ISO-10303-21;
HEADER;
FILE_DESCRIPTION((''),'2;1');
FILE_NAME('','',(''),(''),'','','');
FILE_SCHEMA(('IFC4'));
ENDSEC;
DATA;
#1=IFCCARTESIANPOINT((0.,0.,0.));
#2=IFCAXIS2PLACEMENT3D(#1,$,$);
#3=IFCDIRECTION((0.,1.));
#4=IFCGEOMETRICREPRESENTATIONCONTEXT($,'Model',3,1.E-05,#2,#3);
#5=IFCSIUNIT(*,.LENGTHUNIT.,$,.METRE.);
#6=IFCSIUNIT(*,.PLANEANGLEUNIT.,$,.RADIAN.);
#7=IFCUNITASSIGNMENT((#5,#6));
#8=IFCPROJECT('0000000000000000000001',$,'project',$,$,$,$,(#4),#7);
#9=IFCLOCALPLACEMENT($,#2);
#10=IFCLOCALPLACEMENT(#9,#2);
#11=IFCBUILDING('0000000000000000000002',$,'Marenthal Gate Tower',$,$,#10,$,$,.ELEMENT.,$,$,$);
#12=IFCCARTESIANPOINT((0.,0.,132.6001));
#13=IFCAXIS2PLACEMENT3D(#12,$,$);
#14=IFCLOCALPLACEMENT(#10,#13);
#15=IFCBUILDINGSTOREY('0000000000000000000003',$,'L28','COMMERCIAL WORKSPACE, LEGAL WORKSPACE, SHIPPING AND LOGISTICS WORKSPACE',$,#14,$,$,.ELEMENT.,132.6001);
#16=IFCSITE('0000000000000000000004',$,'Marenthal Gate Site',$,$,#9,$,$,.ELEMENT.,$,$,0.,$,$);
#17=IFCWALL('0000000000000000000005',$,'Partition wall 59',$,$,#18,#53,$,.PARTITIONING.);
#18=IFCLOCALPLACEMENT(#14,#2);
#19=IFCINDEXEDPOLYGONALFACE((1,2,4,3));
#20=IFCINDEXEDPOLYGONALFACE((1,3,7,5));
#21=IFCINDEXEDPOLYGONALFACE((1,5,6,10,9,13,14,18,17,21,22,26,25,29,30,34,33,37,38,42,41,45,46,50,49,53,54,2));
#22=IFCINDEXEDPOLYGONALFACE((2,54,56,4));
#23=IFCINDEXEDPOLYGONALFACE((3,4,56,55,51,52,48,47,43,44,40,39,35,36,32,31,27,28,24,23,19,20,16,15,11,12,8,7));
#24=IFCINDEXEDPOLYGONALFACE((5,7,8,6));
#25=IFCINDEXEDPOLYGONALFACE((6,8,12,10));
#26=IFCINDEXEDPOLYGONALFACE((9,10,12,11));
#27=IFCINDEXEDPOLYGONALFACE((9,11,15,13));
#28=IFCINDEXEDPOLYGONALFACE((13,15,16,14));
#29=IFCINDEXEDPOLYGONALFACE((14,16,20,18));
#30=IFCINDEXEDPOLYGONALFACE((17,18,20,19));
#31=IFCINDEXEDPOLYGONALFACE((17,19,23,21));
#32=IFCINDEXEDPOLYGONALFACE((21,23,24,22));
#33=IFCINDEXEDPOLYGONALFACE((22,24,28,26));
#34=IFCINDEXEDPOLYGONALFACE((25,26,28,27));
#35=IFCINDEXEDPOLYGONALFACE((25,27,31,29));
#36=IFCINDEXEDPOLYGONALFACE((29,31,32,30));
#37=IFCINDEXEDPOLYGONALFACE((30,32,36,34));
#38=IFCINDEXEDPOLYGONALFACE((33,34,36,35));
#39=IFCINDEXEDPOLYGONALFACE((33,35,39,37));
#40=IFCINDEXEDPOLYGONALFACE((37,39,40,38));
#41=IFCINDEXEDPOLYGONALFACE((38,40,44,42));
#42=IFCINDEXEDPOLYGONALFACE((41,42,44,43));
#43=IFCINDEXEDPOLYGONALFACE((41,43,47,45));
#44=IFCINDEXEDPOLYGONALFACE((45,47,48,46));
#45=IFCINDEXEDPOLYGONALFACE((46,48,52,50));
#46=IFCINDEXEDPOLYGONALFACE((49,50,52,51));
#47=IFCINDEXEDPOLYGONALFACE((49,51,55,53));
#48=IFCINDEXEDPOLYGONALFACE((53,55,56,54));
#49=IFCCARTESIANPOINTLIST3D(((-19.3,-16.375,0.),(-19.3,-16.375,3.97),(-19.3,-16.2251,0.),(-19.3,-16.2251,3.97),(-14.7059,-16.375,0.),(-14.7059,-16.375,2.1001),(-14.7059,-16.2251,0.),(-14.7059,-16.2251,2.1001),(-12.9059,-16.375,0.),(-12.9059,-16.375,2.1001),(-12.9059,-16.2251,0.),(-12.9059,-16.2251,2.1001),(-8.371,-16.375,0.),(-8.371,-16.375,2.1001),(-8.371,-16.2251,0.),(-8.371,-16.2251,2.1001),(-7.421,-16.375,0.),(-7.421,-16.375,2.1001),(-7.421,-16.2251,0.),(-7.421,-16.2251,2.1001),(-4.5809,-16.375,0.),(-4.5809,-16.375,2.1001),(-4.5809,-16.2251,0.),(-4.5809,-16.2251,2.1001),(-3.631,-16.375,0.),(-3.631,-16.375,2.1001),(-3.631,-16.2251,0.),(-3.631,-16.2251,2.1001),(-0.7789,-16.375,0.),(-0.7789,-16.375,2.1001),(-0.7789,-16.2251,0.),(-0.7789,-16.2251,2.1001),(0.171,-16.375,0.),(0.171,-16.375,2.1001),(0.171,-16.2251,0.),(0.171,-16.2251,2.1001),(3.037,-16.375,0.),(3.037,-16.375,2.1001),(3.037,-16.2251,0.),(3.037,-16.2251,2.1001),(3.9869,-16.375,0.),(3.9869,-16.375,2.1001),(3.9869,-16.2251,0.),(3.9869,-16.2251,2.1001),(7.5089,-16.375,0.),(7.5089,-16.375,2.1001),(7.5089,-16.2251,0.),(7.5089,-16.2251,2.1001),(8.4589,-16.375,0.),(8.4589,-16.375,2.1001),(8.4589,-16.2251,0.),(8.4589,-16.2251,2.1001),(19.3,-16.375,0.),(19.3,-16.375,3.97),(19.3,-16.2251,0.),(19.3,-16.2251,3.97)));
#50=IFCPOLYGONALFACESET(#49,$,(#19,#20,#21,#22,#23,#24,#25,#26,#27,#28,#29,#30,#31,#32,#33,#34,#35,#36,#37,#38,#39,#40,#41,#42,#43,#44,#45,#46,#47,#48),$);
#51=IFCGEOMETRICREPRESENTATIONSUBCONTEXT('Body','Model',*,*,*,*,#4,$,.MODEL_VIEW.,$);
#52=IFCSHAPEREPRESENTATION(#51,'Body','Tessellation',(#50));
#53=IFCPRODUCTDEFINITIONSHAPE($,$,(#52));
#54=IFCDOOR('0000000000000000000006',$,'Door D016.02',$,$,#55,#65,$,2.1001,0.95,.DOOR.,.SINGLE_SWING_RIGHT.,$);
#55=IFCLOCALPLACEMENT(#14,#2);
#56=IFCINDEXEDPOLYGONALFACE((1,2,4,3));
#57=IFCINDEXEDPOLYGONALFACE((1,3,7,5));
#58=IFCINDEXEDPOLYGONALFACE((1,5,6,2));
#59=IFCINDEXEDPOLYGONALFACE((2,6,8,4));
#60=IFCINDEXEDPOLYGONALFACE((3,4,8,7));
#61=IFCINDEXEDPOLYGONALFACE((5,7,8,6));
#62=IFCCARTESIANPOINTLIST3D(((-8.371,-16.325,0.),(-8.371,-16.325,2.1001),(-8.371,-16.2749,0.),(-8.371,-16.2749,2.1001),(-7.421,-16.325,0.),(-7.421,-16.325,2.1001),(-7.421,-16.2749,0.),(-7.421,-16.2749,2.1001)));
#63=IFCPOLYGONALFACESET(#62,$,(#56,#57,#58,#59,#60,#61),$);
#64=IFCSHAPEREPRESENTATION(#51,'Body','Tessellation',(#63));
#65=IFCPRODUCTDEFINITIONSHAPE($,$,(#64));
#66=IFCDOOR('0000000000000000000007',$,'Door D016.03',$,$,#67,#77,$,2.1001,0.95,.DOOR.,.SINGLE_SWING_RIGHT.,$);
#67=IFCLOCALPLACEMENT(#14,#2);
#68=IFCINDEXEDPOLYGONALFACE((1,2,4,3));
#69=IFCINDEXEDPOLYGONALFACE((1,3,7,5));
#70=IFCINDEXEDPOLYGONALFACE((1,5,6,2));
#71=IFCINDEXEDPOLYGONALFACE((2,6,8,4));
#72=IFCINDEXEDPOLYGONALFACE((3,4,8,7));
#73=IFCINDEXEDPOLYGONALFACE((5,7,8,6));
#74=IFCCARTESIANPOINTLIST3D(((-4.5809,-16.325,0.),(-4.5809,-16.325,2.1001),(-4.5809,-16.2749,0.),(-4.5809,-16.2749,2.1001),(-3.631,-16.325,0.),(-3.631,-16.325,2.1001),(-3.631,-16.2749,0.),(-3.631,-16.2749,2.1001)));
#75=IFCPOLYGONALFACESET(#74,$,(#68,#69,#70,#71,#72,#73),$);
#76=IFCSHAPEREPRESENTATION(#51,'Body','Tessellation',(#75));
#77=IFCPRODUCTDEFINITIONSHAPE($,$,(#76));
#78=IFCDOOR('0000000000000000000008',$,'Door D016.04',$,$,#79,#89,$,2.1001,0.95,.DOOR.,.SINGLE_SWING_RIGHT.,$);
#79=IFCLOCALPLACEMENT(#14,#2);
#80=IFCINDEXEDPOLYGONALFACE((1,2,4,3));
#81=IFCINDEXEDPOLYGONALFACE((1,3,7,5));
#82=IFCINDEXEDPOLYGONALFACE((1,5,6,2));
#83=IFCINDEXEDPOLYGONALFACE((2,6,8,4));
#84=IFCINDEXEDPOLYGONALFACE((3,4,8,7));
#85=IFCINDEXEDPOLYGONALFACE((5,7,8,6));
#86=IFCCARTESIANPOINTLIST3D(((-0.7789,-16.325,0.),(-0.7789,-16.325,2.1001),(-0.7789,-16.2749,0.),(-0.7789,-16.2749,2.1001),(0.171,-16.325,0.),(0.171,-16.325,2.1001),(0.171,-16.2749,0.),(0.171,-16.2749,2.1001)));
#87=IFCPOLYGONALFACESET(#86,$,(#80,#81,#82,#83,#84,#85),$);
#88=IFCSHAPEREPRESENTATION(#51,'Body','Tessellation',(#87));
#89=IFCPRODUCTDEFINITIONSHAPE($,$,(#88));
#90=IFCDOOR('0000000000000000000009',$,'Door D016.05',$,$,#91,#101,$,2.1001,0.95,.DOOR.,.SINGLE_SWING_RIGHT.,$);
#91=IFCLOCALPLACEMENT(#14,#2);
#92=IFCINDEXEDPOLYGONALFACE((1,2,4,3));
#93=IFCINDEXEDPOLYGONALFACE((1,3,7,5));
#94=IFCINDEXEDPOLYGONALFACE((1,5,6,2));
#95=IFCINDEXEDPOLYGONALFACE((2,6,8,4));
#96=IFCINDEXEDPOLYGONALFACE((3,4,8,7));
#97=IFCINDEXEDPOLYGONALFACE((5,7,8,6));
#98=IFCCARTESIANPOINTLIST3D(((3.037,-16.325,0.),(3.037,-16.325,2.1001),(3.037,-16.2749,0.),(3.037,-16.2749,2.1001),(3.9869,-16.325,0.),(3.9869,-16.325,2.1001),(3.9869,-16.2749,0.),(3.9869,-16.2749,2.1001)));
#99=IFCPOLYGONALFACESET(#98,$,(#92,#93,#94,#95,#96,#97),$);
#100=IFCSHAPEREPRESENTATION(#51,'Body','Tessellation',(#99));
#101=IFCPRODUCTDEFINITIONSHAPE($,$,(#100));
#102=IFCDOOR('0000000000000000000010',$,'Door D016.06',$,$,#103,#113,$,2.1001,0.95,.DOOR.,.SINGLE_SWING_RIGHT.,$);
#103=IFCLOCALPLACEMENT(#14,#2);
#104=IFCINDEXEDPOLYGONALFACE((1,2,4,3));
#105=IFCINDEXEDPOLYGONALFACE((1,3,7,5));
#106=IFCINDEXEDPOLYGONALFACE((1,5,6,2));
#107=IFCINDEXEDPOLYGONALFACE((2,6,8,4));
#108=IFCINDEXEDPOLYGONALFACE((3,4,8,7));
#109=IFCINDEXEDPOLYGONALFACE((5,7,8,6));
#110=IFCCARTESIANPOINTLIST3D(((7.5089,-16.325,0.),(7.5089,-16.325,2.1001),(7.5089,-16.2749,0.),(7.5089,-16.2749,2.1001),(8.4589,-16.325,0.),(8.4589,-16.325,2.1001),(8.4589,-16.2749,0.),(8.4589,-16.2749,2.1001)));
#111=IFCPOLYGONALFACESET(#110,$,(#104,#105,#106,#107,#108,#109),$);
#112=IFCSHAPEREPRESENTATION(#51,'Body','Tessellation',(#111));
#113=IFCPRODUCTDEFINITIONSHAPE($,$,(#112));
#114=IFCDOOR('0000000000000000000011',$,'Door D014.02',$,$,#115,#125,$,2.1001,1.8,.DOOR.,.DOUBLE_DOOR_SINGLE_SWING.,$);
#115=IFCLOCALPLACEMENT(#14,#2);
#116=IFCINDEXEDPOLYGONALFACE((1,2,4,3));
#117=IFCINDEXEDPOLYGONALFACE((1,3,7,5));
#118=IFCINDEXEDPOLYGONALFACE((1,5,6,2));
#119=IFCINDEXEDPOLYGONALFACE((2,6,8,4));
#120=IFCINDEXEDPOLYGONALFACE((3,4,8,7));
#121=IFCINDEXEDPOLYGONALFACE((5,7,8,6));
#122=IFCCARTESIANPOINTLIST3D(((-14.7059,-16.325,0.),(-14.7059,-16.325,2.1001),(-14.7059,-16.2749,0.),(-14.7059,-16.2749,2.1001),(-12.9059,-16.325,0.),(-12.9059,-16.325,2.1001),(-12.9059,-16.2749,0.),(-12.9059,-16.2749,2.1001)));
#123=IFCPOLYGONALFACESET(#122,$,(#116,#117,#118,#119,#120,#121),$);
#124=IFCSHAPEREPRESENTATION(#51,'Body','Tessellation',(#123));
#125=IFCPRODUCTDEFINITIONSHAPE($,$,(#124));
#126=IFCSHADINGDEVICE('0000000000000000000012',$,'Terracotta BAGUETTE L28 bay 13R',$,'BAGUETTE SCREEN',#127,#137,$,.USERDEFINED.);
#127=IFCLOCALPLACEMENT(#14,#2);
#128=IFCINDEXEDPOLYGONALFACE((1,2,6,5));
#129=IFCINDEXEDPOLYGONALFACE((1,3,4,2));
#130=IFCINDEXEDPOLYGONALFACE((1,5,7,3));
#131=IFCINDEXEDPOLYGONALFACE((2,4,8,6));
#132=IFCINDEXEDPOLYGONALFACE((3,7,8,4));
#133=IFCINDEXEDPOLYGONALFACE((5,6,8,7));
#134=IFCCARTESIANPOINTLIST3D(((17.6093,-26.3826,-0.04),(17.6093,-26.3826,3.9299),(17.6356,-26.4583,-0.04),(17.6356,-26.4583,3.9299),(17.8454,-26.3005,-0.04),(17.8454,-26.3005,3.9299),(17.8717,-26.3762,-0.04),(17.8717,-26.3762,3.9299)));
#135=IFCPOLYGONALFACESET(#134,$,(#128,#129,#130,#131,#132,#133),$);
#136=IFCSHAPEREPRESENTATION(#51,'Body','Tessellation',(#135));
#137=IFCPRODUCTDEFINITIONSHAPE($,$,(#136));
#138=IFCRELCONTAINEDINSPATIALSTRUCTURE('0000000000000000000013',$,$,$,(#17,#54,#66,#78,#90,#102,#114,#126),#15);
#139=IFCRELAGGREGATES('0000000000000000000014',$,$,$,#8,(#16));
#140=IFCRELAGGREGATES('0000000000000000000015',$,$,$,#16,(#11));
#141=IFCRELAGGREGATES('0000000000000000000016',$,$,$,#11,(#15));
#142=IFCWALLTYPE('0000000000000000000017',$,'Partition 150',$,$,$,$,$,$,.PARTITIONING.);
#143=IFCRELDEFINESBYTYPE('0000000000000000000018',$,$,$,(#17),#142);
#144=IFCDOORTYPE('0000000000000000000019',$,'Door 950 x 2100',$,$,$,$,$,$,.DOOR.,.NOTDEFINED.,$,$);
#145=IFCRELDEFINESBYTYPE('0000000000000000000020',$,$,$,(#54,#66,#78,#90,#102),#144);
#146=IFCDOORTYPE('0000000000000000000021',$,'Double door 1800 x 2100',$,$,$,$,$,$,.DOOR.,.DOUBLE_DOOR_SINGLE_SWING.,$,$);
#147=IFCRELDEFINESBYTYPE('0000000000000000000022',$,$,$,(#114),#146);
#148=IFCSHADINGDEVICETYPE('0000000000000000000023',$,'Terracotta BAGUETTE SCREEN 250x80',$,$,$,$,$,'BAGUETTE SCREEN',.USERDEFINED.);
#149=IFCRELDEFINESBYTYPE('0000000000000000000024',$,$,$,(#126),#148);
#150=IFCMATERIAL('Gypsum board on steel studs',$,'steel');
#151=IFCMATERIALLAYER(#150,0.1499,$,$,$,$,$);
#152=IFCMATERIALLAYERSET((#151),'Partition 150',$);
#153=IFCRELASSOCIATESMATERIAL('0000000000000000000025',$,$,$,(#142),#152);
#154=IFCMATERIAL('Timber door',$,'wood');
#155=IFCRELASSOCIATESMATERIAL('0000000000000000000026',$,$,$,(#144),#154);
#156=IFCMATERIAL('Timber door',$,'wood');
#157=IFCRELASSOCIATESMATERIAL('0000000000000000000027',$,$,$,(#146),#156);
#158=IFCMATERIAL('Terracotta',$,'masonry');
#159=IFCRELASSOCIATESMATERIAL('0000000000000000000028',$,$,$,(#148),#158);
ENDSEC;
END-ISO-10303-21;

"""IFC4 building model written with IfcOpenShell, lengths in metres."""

from ifc_helpers import new_model, si_unit, direction, frame, frame_2d, origin, origin_2d, place, context, subcontext, project, spatial, rectangle, extrude, material, layer, layer_set, material_profile, profile_set, type_object, element, fill, save


model = new_model("IFC4")

# Units and contexts
model_context = context("Model", 3, precision=1e-05, world=origin(), true_north=direction((0.0, 1.0)))
body_context = subcontext(model_context, "Body", "Model", "MODEL_VIEW")
ifc_project = project(units=[si_unit("LENGTHUNIT", "METRE"), si_unit("PLANEANGLEUNIT", "RADIAN")], contexts=[model_context])

# Site, building, storey
site_placement = place(None, origin())
site = spatial("IfcSite", under=ifc_project, at=site_placement, Name="Marenthal Gate Site", CompositionType="ELEMENT", RefElevation=0.0)
building_placement = place(site_placement, origin())
building = spatial("IfcBuilding", under=site, at=building_placement, Name="Marenthal Gate Tower", CompositionType="ELEMENT")
storey_placement = place(building_placement, frame((0.0, 0.0, 132.6001)))
storey = spatial("IfcBuildingStorey", under=building, at=storey_placement, Name="L28", Description="COMMERCIAL WORKSPACE, LEGAL WORKSPACE, SHIPPING AND LOGISTICS WORKSPACE", CompositionType="ELEMENT", Elevation=132.6001)

# Wall, openings, doors
ifc_material_1 = material(Name="Gypsum board on steel studs", Category="steel")
ifc_layer_1 = layer(ifc_material_1, 0.1499)
ifc_layer_set_1 = layer_set([ifc_layer_1], Name="Partition 150")
wall_type_1 = type_object("IfcWallType", Name="Partition 150", PredefinedType="PARTITIONING", material=ifc_layer_set_1)
wall_1_placement = place(storey_placement, frame((19.3, -16.3, 0.0), z_axis=(0.0, 0.0, 1.0), x_axis=(-1.0, 0.0, 0.0)))
wall_1 = element("IfcWall", 1, at=wall_1_placement, inside=storey, type_object=wall_type_1, Name="Partition wall 59", PredefinedType="PARTITIONING", context=body_context, shape_type="SweptSolid", body=[
    extrude(rectangle(XDim=38.6001, YDim=0.1499, at=frame_2d((19.3, 0.0))), origin(), (0.0, 0.0, 1.0), 3.97),
])
opening_1_placement = place(wall_1_placement, frame((32.2061, 0.0, 0.0)))
opening_1 = element("IfcOpeningElement", 2, at=opening_1_placement, cuts=wall_1, PredefinedType="OPENING", context=body_context, shape_type="SweptSolid", body=[
    extrude(rectangle(XDim=1.8, YDim=2.1001, at=frame_2d((0.8999, 1.05))), frame((0.0, 0.085, 0.0), z_axis=(0.0, -1.0, 0.0), x_axis=(1.0, 0.0, 0.0)), (0.0, 0.0, 1.0), 0.1699),
])
opening_2_placement = place(wall_1_placement, frame((26.7209, 0.0, 0.0)))
opening_2 = element("IfcOpeningElement", 3, at=opening_2_placement, cuts=wall_1, PredefinedType="OPENING", context=body_context, shape_type="SweptSolid", body=[
    extrude(rectangle(XDim=0.95, YDim=2.1001, at=frame_2d((0.4751, 1.05))), frame((0.0, 0.085, 0.0), z_axis=(0.0, -1.0, 0.0), x_axis=(1.0, 0.0, 0.0)), (0.0, 0.0, 1.0), 0.1699),
])
opening_3_placement = place(wall_1_placement, frame((22.9309, 0.0, 0.0)))
opening_3 = element("IfcOpeningElement", 4, at=opening_3_placement, cuts=wall_1, PredefinedType="OPENING", context=body_context, shape_type="SweptSolid", body=[
    extrude(rectangle(XDim=0.95, YDim=2.1001, at=frame_2d((0.4751, 1.05))), frame((0.0, 0.085, 0.0), z_axis=(0.0, -1.0, 0.0), x_axis=(1.0, 0.0, 0.0)), (0.0, 0.0, 1.0), 0.1699),
])
opening_4_placement = place(wall_1_placement, frame((19.1289, 0.0, 0.0)))
opening_4 = element("IfcOpeningElement", 5, at=opening_4_placement, cuts=wall_1, PredefinedType="OPENING", context=body_context, shape_type="SweptSolid", body=[
    extrude(rectangle(XDim=0.95, YDim=2.1001, at=frame_2d((0.4751, 1.05))), frame((0.0, 0.085, 0.0), z_axis=(0.0, -1.0, 0.0), x_axis=(1.0, 0.0, 0.0)), (0.0, 0.0, 1.0), 0.1699),
])
opening_5_placement = place(wall_1_placement, frame((15.313, 0.0, 0.0)))
opening_5 = element("IfcOpeningElement", 6, at=opening_5_placement, cuts=wall_1, PredefinedType="OPENING", context=body_context, shape_type="SweptSolid", body=[
    extrude(rectangle(XDim=0.95, YDim=2.1001, at=frame_2d((0.4751, 1.05))), frame((0.0, 0.085, 0.0), z_axis=(0.0, -1.0, 0.0), x_axis=(1.0, 0.0, 0.0)), (0.0, 0.0, 1.0), 0.1699),
])
opening_6_placement = place(wall_1_placement, frame((10.8411, 0.0, 0.0)))
opening_6 = element("IfcOpeningElement", 7, at=opening_6_placement, cuts=wall_1, PredefinedType="OPENING", context=body_context, shape_type="SweptSolid", body=[
    extrude(rectangle(XDim=0.95, YDim=2.1001, at=frame_2d((0.4751, 1.05))), frame((0.0, 0.085, 0.0), z_axis=(0.0, -1.0, 0.0), x_axis=(1.0, 0.0, 0.0)), (0.0, 0.0, 1.0), 0.1699),
])
ifc_material_2 = material(Name="Timber door", Category="wood")
door_type_1 = type_object("IfcDoorType", Name="Door 950 x 2100", OperationType="NOTDEFINED", PredefinedType="DOOR", material=ifc_material_2)
door_1_placement = place(opening_2_placement, origin())
door_1 = element("IfcDoor", 8, at=door_1_placement, inside=storey, type_object=door_type_1, Name="Door D016.02", OperationType="SINGLE_SWING_RIGHT", OverallHeight=2.1001, OverallWidth=0.95, PredefinedType="DOOR", context=body_context, shape_type="SweptSolid", body=[
    extrude(rectangle(XDim=0.95, YDim=2.1001, at=frame_2d((0.4751, 1.05))), frame((0.0, 0.0249, 0.0), z_axis=(0.0, -1.0, 0.0), x_axis=(1.0, 0.0, 0.0)), (0.0, 0.0, 1.0), 0.05),
])
fill(opening_2, door_1)
door_2_placement = place(opening_3_placement, origin())
door_2 = element("IfcDoor", 9, at=door_2_placement, inside=storey, type_object=door_type_1, Name="Door D016.03", OperationType="SINGLE_SWING_RIGHT", OverallHeight=2.1001, OverallWidth=0.95, PredefinedType="DOOR", context=body_context, shape_type="SweptSolid", body=[
    extrude(rectangle(XDim=0.95, YDim=2.1001, at=frame_2d((0.4751, 1.05))), frame((0.0, 0.0249, 0.0), z_axis=(0.0, -1.0, 0.0), x_axis=(1.0, 0.0, 0.0)), (0.0, 0.0, 1.0), 0.05),
])
fill(opening_3, door_2)
door_3_placement = place(opening_4_placement, origin())
door_3 = element("IfcDoor", 10, at=door_3_placement, inside=storey, type_object=door_type_1, Name="Door D016.04", OperationType="SINGLE_SWING_RIGHT", OverallHeight=2.1001, OverallWidth=0.95, PredefinedType="DOOR", context=body_context, shape_type="SweptSolid", body=[
    extrude(rectangle(XDim=0.95, YDim=2.1001, at=frame_2d((0.4751, 1.05))), frame((0.0, 0.0249, 0.0), z_axis=(0.0, -1.0, 0.0), x_axis=(1.0, 0.0, 0.0)), (0.0, 0.0, 1.0), 0.05),
])
fill(opening_4, door_3)
door_4_placement = place(opening_5_placement, origin())
door_4 = element("IfcDoor", 11, at=door_4_placement, inside=storey, type_object=door_type_1, Name="Door D016.05", OperationType="SINGLE_SWING_RIGHT", OverallHeight=2.1001, OverallWidth=0.95, PredefinedType="DOOR", context=body_context, shape_type="SweptSolid", body=[
    extrude(rectangle(XDim=0.95, YDim=2.1001, at=frame_2d((0.4751, 1.05))), frame((0.0, 0.0249, 0.0), z_axis=(0.0, -1.0, 0.0), x_axis=(1.0, 0.0, 0.0)), (0.0, 0.0, 1.0), 0.05),
])
fill(opening_5, door_4)
door_5_placement = place(opening_6_placement, origin())
door_5 = element("IfcDoor", 12, at=door_5_placement, inside=storey, type_object=door_type_1, Name="Door D016.06", OperationType="SINGLE_SWING_RIGHT", OverallHeight=2.1001, OverallWidth=0.95, PredefinedType="DOOR", context=body_context, shape_type="SweptSolid", body=[
    extrude(rectangle(XDim=0.95, YDim=2.1001, at=frame_2d((0.4751, 1.05))), frame((0.0, 0.0249, 0.0), z_axis=(0.0, -1.0, 0.0), x_axis=(1.0, 0.0, 0.0)), (0.0, 0.0, 1.0), 0.05),
])
fill(opening_6, door_5)
ifc_material_3 = material(Name="Timber door", Category="wood")
door_type_2 = type_object("IfcDoorType", Name="Double door 1800 x 2100", OperationType="DOUBLE_DOOR_SINGLE_SWING", PredefinedType="DOOR", material=ifc_material_3)
door_6_placement = place(opening_1_placement, origin())
door_6 = element("IfcDoor", 13, at=door_6_placement, inside=storey, type_object=door_type_2, Name="Door D014.02", OperationType="DOUBLE_DOOR_SINGLE_SWING", OverallHeight=2.1001, OverallWidth=1.8, PredefinedType="DOOR", context=body_context, shape_type="SweptSolid", body=[
    extrude(rectangle(XDim=1.8, YDim=2.1001, at=frame_2d((0.8999, 1.05))), frame((0.0, 0.0249, 0.0), z_axis=(0.0, -1.0, 0.0), x_axis=(1.0, 0.0, 0.0)), (0.0, 0.0, 1.0), 0.05),
])
fill(opening_1, door_6)

# Shading device
ifc_material_4 = material(Name="Terracotta", Category="masonry")
ifc_material_profile_1 = material_profile(ifc_material_4, rectangle(XDim=0.25, YDim=0.0801, at=origin_2d()), Name="Terracotta baguette 250x80")
ifc_profile_set_1 = profile_set([ifc_material_profile_1], Name="Terracotta")
shading_device_type = type_object("IfcShadingDeviceType", Name="Terracotta BAGUETTE SCREEN 250x80", ElementType="BAGUETTE SCREEN", PredefinedType="USERDEFINED", material=ifc_profile_set_1)
shading_device_placement = place(storey_placement, frame((17.7405, -26.3794, -0.04), z_axis=(0.0, 0.0, 1.0), x_axis=(0.944552, 0.328363, 0.0)))
element("IfcShadingDevice", 14, at=shading_device_placement, inside=storey, type_object=shading_device_type, Name="Terracotta BAGUETTE L28 bay 13R", ObjectType="BAGUETTE SCREEN", PredefinedType="USERDEFINED", context=body_context, shape_type="SweptSolid", body=[
    extrude(rectangle(XDim=0.25, YDim=0.0801, at=origin_2d()), origin(), (0.0, 0.0, 1.0), 3.97),
])

save(model, "model.ifc")
